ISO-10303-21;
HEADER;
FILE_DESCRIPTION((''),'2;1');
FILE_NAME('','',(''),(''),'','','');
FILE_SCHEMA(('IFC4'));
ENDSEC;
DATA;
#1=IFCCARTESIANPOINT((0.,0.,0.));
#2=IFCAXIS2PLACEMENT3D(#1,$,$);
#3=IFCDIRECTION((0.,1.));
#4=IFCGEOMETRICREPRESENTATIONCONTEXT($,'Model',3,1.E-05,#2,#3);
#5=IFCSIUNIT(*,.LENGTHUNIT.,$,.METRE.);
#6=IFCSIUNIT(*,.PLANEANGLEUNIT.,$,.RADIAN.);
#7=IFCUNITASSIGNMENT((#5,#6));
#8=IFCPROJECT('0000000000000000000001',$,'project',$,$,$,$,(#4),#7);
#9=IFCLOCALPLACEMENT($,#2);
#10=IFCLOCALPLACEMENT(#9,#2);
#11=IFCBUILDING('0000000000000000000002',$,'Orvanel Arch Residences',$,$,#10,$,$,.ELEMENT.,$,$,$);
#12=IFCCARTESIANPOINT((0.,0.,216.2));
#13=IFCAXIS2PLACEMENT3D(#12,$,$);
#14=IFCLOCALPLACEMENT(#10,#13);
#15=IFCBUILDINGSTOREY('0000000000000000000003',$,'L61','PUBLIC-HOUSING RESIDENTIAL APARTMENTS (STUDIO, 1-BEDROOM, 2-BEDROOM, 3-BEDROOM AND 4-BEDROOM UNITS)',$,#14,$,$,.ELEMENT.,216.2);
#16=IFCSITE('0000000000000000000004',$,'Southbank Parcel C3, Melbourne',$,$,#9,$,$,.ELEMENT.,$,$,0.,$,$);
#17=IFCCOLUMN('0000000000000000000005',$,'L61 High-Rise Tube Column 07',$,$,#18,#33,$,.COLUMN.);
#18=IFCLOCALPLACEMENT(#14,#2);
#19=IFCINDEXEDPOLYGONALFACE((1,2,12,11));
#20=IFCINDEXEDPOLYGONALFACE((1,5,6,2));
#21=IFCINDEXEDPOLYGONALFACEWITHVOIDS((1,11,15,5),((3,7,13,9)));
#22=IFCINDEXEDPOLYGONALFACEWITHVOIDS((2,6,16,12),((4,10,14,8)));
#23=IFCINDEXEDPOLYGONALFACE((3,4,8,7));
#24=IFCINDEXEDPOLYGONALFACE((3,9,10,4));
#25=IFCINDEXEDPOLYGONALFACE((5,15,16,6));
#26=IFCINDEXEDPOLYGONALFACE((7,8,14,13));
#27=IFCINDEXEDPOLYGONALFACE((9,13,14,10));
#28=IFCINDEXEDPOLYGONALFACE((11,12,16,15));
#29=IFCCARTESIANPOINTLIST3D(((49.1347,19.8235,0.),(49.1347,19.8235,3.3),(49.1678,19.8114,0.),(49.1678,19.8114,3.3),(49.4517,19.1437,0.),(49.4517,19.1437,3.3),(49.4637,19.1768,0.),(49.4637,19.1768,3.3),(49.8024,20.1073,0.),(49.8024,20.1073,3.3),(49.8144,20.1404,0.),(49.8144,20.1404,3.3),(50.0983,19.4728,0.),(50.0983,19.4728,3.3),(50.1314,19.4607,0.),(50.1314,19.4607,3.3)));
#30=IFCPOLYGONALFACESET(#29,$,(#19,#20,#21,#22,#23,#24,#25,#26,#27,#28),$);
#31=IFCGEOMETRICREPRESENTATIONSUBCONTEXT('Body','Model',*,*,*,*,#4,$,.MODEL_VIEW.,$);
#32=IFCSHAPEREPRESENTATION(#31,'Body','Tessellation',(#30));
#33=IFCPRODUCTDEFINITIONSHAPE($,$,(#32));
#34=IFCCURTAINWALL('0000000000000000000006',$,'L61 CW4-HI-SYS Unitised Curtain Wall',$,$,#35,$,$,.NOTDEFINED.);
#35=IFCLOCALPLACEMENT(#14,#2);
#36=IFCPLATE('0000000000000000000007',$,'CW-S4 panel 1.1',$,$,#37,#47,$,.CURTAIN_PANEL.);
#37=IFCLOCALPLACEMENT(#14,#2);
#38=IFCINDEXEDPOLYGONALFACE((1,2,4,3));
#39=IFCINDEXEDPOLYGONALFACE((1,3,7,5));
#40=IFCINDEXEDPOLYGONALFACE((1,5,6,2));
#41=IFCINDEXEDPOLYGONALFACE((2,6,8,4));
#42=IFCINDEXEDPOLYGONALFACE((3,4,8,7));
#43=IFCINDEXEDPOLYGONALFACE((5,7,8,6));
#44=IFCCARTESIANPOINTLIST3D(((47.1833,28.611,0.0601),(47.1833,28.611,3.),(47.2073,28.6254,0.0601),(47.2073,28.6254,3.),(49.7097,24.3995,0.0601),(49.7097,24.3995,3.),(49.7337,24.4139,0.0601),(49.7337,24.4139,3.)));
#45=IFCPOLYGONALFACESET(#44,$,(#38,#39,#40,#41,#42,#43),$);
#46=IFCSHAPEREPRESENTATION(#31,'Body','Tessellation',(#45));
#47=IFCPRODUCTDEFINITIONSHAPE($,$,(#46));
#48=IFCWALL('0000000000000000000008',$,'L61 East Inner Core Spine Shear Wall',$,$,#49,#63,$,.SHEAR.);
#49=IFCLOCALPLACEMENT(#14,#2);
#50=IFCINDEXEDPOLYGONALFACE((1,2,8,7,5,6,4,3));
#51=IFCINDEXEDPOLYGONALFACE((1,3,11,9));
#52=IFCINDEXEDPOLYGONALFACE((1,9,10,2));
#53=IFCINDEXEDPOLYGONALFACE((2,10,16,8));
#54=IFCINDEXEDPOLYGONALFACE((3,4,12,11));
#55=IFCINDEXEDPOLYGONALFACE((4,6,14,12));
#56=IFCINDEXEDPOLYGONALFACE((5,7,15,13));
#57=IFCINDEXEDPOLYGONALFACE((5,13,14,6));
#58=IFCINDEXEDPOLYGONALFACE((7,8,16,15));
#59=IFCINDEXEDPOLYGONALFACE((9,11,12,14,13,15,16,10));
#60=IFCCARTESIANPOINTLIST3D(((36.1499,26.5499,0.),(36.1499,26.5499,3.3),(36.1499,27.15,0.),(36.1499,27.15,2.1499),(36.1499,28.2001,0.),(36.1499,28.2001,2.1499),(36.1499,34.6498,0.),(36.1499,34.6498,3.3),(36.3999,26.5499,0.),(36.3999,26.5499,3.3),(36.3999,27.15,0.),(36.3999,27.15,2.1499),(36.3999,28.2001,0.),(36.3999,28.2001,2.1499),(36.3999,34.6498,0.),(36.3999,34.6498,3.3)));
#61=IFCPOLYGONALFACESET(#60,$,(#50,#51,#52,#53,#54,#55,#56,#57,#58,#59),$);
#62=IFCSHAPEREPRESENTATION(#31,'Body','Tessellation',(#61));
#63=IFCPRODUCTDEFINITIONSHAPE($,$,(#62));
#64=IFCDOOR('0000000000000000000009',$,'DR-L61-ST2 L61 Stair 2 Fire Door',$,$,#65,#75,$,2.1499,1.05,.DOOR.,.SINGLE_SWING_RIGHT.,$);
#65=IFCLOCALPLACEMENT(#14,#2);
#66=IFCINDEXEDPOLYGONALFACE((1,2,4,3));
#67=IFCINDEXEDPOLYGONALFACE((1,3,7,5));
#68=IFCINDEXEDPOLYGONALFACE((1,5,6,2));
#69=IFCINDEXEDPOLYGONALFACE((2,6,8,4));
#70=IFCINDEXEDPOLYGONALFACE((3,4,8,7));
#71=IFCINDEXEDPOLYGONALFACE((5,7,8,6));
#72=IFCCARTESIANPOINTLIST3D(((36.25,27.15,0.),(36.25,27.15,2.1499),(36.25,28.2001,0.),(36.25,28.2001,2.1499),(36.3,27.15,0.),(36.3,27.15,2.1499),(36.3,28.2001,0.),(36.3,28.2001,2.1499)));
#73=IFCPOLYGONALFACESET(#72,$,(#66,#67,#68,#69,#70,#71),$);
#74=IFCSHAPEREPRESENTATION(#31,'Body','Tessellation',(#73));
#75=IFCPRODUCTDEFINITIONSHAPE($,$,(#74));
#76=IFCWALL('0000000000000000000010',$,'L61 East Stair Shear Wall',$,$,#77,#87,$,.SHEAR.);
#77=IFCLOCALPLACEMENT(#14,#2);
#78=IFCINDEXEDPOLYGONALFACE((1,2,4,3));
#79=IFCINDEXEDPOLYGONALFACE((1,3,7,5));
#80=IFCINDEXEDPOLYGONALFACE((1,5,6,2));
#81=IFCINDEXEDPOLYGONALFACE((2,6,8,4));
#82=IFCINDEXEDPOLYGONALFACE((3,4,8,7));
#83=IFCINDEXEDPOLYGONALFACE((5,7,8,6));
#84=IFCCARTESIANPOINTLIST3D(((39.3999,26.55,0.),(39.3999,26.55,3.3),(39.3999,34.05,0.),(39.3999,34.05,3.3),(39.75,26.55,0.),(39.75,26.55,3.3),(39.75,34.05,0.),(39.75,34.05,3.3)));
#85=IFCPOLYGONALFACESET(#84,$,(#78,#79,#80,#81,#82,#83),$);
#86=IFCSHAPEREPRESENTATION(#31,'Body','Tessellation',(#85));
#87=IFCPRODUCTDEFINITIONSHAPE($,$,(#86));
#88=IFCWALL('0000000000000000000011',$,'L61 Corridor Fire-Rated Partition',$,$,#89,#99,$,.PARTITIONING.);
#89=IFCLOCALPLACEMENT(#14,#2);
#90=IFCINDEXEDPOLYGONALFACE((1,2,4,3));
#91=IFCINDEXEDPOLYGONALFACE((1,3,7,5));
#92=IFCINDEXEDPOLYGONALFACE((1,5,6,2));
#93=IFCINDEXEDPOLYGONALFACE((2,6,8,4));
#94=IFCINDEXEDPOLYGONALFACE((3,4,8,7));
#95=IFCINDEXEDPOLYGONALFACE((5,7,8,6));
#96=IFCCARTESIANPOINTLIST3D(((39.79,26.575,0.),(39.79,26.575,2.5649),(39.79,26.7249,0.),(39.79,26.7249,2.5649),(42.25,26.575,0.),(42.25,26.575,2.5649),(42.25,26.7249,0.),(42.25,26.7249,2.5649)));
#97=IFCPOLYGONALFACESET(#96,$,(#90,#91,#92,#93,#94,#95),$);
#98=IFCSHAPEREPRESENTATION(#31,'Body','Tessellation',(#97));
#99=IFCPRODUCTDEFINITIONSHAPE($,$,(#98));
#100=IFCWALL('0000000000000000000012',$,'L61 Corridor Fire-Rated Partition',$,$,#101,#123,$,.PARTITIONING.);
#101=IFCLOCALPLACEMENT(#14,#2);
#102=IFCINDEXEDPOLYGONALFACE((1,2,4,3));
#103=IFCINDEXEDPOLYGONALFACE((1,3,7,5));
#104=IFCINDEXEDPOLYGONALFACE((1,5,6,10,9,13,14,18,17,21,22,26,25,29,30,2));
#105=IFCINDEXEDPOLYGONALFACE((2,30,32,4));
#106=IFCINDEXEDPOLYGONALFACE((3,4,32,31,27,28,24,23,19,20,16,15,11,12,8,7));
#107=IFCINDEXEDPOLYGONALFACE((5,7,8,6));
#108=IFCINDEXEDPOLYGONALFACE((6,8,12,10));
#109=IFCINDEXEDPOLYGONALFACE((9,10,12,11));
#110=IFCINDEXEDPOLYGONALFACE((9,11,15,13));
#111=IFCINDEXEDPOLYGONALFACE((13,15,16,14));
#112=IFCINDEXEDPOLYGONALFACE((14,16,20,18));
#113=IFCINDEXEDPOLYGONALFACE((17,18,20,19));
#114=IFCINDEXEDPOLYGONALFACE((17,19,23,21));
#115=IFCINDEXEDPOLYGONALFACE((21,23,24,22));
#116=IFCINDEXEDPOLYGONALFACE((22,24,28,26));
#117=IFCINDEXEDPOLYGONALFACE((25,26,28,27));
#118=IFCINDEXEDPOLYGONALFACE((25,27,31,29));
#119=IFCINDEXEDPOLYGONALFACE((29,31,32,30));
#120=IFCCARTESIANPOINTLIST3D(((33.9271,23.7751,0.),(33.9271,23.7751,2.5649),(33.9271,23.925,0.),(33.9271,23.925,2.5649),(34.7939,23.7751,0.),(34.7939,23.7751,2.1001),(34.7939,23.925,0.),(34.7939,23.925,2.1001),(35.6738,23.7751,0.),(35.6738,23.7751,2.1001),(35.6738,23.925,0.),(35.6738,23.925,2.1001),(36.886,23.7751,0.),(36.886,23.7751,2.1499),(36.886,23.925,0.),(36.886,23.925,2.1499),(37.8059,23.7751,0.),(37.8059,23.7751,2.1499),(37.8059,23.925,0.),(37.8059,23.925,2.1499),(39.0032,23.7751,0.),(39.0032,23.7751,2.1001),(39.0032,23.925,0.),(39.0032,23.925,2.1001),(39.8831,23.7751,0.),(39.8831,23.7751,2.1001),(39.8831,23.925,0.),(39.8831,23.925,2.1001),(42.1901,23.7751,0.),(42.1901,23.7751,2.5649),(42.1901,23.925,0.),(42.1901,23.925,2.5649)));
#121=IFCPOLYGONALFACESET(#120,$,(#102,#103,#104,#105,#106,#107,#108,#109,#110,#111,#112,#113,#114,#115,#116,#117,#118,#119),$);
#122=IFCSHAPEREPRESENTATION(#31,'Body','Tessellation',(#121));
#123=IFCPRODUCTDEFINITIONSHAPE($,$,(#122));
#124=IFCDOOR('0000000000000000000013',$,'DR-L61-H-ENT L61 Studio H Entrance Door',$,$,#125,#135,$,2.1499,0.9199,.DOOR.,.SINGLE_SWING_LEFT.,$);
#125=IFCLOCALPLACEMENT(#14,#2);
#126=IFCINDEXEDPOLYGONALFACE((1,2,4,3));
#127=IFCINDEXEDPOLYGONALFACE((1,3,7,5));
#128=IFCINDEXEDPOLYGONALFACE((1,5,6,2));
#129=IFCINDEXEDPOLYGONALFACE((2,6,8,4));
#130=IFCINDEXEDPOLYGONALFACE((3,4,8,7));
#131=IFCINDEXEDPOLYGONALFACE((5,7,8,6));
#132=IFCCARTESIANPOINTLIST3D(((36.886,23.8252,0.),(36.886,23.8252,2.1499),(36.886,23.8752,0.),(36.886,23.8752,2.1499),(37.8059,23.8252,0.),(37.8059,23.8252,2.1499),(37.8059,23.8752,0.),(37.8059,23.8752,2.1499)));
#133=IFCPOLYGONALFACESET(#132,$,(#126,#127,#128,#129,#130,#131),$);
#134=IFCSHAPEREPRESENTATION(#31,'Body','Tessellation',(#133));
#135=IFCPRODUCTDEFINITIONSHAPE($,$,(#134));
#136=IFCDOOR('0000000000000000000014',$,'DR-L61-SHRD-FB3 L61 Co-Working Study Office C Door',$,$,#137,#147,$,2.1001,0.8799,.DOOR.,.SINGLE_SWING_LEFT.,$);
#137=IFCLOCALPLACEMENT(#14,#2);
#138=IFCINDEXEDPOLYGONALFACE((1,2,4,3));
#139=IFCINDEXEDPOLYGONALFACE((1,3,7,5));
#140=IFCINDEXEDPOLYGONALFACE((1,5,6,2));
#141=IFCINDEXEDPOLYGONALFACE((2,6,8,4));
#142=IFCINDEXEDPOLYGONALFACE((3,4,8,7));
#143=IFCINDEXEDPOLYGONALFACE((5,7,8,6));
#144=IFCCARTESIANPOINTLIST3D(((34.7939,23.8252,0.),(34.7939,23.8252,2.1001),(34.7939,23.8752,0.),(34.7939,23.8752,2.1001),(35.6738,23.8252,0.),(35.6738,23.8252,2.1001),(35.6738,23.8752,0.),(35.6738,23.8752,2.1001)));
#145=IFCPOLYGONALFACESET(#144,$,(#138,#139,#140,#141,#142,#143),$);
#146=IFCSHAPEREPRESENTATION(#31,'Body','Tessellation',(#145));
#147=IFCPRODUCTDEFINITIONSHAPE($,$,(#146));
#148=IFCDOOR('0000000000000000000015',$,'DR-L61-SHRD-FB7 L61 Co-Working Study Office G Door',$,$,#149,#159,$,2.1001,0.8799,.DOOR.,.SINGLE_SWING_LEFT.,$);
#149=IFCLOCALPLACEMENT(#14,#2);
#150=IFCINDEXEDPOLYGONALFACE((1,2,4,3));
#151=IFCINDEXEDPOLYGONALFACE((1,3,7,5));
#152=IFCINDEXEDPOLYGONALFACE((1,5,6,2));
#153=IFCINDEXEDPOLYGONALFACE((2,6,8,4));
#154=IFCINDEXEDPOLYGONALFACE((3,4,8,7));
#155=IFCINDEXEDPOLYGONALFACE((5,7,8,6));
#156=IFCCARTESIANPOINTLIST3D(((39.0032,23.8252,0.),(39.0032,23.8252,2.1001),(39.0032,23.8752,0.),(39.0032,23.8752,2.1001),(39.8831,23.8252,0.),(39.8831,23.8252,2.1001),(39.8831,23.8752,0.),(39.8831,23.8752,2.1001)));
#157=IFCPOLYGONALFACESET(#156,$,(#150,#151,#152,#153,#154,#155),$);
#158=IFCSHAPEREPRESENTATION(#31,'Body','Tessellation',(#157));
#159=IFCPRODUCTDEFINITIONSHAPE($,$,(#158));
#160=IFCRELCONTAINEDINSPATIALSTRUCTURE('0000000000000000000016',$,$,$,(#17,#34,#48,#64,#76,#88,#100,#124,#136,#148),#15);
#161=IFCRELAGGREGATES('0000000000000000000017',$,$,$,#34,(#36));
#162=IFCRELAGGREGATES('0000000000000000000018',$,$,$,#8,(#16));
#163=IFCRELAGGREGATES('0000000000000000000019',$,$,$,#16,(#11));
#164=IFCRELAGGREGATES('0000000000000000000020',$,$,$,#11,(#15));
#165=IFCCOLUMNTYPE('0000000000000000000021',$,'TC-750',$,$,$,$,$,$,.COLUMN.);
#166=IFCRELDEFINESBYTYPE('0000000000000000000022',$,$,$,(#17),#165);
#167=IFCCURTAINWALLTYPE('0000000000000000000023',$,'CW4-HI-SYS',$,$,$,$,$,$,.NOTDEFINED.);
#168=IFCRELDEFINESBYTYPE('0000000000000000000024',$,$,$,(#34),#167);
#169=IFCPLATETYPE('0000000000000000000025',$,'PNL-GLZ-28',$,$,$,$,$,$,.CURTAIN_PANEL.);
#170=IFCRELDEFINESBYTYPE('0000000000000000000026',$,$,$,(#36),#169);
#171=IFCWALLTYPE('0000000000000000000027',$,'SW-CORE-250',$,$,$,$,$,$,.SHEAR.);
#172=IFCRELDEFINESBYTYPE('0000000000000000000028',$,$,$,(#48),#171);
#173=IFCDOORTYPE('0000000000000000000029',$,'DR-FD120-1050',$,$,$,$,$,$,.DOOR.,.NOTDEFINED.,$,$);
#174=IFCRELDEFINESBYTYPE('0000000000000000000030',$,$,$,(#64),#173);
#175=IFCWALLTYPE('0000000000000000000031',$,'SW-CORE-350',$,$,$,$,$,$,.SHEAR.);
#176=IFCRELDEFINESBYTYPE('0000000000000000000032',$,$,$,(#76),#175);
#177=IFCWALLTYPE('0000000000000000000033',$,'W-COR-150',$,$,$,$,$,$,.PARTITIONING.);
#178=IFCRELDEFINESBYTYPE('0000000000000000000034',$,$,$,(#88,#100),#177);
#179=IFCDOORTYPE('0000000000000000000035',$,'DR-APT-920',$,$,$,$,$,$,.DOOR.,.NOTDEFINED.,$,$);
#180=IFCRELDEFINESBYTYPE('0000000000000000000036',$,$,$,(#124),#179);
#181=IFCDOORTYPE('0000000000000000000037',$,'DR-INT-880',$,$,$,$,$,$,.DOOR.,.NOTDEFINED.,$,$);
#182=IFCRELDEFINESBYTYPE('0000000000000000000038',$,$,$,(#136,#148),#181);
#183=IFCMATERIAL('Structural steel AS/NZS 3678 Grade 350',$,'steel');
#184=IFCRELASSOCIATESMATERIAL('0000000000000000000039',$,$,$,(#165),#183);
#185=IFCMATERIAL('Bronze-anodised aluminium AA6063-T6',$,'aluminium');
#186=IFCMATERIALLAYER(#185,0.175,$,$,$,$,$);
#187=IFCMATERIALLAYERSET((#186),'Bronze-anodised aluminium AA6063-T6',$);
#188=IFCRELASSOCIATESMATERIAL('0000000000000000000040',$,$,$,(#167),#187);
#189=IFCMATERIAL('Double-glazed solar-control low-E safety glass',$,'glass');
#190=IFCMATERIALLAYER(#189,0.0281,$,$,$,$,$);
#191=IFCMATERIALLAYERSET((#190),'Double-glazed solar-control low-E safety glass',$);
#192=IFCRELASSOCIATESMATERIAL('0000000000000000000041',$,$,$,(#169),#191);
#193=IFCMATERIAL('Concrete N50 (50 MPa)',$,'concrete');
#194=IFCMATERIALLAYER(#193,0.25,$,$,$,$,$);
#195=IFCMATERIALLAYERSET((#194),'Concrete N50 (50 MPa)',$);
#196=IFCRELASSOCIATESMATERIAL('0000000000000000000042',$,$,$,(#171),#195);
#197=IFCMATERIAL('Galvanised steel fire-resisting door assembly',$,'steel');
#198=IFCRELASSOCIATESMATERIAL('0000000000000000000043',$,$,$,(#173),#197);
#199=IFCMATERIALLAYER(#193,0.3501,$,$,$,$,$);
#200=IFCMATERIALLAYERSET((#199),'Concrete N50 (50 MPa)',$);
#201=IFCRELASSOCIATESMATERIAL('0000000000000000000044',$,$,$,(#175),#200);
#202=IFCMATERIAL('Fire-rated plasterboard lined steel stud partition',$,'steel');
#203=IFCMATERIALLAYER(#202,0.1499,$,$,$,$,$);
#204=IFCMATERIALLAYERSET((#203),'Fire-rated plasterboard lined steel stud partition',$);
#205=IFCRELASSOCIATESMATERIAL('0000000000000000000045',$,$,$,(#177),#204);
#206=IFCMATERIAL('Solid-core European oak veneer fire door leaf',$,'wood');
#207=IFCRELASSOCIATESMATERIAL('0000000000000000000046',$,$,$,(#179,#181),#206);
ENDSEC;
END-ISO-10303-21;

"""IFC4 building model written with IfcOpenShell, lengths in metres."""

from ifc_helpers import new_model, si_unit, direction, frame, frame_2d, origin, origin_2d, place, context, subcontext, project, spatial, rectangle, hollow_rectangle, extrude, material, layer, layer_set, material_profile, profile_set, type_object, element, fill, aggregate, save


model = new_model("IFC4")

# Units and contexts
model_context = context("Model", 3, precision=1e-05, world=origin(), true_north=direction((0.0, 1.0)))
body_context = subcontext(model_context, "Body", "Model", "MODEL_VIEW")
ifc_project = project(units=[si_unit("LENGTHUNIT", "METRE"), si_unit("PLANEANGLEUNIT", "RADIAN")], contexts=[model_context])

# Site, building, storey
site_placement = place(None, origin())
site = spatial("IfcSite", under=ifc_project, at=site_placement, Name="Southbank Parcel C3, Melbourne", CompositionType="ELEMENT", RefElevation=0.0)
building_placement = place(site_placement, origin())
building = spatial("IfcBuilding", under=site, at=building_placement, Name="Orvanel Arch Residences", CompositionType="ELEMENT")
storey_placement = place(building_placement, frame((0.0, 0.0, 216.2)))
storey = spatial("IfcBuildingStorey", under=building, at=storey_placement, Name="L61", Description="PUBLIC-HOUSING RESIDENTIAL APARTMENTS (STUDIO, 1-BEDROOM, 2-BEDROOM, 3-BEDROOM AND 4-BEDROOM UNITS)", CompositionType="ELEMENT", Elevation=216.2)

# Column
ifc_material_1 = material(Name="Structural steel AS/NZS 3678 Grade 350", Category="steel")
ifc_material_profile = material_profile(ifc_material_1, hollow_rectangle(XDim=0.75, YDim=0.75, WallThickness=0.0249, at=origin_2d()), Name="BOX750x750x25")
ifc_profile_set = profile_set([ifc_material_profile], Name="Structural steel AS/NZS 3678 Grade 350")
column_type = type_object("IfcColumnType", Name="TC-750", PredefinedType="COLUMN", material=ifc_profile_set)
column_placement = place(storey_placement, frame((49.6331, 19.6421, 0.0), z_axis=(0.0, 0.0, 1.0), x_axis=(-0.422618, 0.906308, 0.0)))
element("IfcColumn", 1, at=column_placement, inside=storey, type_object=column_type, Name="L61 High-Rise Tube Column 07", PredefinedType="COLUMN", context=body_context, shape_type="SweptSolid", body=[
    extrude(hollow_rectangle(XDim=0.75, YDim=0.75, WallThickness=0.0249, at=origin_2d()), origin(), (0.0, 0.0, 1.0), 3.3),
])

# Curtain wall, plate
ifc_material_2 = material(Name="Bronze-anodised aluminium AA6063-T6", Category="aluminium")
ifc_layer_1 = layer(ifc_material_2, 0.175)
ifc_layer_set_1 = layer_set([ifc_layer_1], Name="Bronze-anodised aluminium AA6063-T6")
curtain_wall_type = type_object("IfcCurtainWallType", Name="CW4-HI-SYS", PredefinedType="NOTDEFINED", material=ifc_layer_set_1)
curtain_wall_placement = place(storey_placement, origin())
curtain_wall = element("IfcCurtainWall", 2, at=curtain_wall_placement, inside=storey, type_object=curtain_wall_type, Name="L61 CW4-HI-SYS Unitised Curtain Wall", PredefinedType="NOTDEFINED")
ifc_material_3 = material(Name="Double-glazed solar-control low-E safety glass", Category="glass")
ifc_layer_2 = layer(ifc_material_3, 0.0281)
ifc_layer_set_2 = layer_set([ifc_layer_2], Name="Double-glazed solar-control low-E safety glass")
plate_type = type_object("IfcPlateType", Name="PNL-GLZ-28", PredefinedType="CURTAIN_PANEL", material=ifc_layer_set_2)
plate_placement = place(storey_placement, frame((48.4585, 26.5125, 0.0601), z_axis=(0.0, 0.0, 1.0), x_axis=(-0.514422, 0.857537, 0.0)))
plate = element("IfcPlate", 3, at=plate_placement, type_object=plate_type, Name="CW-S4 panel 1.1", PredefinedType="CURTAIN_PANEL", context=body_context, shape_type="SweptSolid", body=[
    extrude(rectangle(XDim=4.9111, YDim=0.0281, at=origin_2d()), origin(), (0.0, 0.0, 1.0), 2.9399),
])
aggregate(curtain_wall, [plate])

# Wall, opening, door
ifc_material_4 = material(Name="Concrete N50 (50 MPa)", Category="concrete")
ifc_layer_3 = layer(ifc_material_4, 0.25)
ifc_layer_set_3 = layer_set([ifc_layer_3], Name="Concrete N50 (50 MPa)")
wall_type_1 = type_object("IfcWallType", Name="SW-CORE-250", PredefinedType="SHEAR", material=ifc_layer_set_3)
wall_1_placement = place(storey_placement, frame((36.2749, 26.55, 0.0), z_axis=(0.0, 0.0, 1.0), x_axis=(0.0, 1.0, 0.0)))
wall_1 = element("IfcWall", 4, at=wall_1_placement, inside=storey, type_object=wall_type_1, Name="L61 East Inner Core Spine Shear Wall", PredefinedType="SHEAR", context=body_context, shape_type="SweptSolid", body=[
    extrude(rectangle(XDim=8.0999, YDim=0.25, at=frame_2d((4.0498, 0.0))), origin(), (0.0, 0.0, 1.0), 3.3),
])
opening_1_placement = place(wall_1_placement, frame((0.6001, 0.0, 0.0)))
opening_1 = element("IfcOpeningElement", 5, at=opening_1_placement, cuts=wall_1, PredefinedType="OPENING", context=body_context, shape_type="SweptSolid", body=[
    extrude(rectangle(XDim=1.05, YDim=2.1499, at=frame_2d((0.5249, 1.075))), frame((0.0, 0.135, 0.0), z_axis=(0.0, -1.0, 0.0), x_axis=(1.0, 0.0, 0.0)), (0.0, 0.0, 1.0), 0.27),
])
ifc_material_5 = material(Name="Galvanised steel fire-resisting door assembly", Category="steel")
door_type_1 = type_object("IfcDoorType", Name="DR-FD120-1050", OperationType="NOTDEFINED", PredefinedType="DOOR", material=ifc_material_5)
door_1_placement = place(opening_1_placement, origin())
door_1 = element("IfcDoor", 6, at=door_1_placement, inside=storey, type_object=door_type_1, Name="DR-L61-ST2 L61 Stair 2 Fire Door", OperationType="SINGLE_SWING_RIGHT", OverallHeight=2.1499, OverallWidth=1.05, PredefinedType="DOOR", context=body_context, shape_type="SweptSolid", body=[
    extrude(rectangle(XDim=1.05, YDim=2.1499, at=frame_2d((0.5249, 1.075))), frame((0.0, 0.0249, 0.0), z_axis=(0.0, -1.0, 0.0), x_axis=(1.0, 0.0, 0.0)), (0.0, 0.0, 1.0), 0.05),
])
fill(opening_1, door_1)

# Walls
ifc_layer_4 = layer(ifc_material_4, 0.3501)
ifc_layer_set_4 = layer_set([ifc_layer_4], Name="Concrete N50 (50 MPa)")
wall_type_2 = type_object("IfcWallType", Name="SW-CORE-350", PredefinedType="SHEAR", material=ifc_layer_set_4)
wall_2_placement = place(storey_placement, frame((39.575, 26.55, 0.0), z_axis=(0.0, 0.0, 1.0), x_axis=(0.0, 1.0, 0.0)))
element("IfcWall", 7, at=wall_2_placement, inside=storey, type_object=wall_type_2, Name="L61 East Stair Shear Wall", PredefinedType="SHEAR", context=body_context, shape_type="SweptSolid", body=[
    extrude(rectangle(XDim=7.5, YDim=0.3501, at=frame_2d((3.75, 0.0))), origin(), (0.0, 0.0, 1.0), 3.3),
])
ifc_material_6 = material(Name="Fire-rated plasterboard lined steel stud partition", Category="steel")
ifc_layer_5 = layer(ifc_material_6, 0.1499)
ifc_layer_set_5 = layer_set([ifc_layer_5], Name="Fire-rated plasterboard lined steel stud partition")
wall_type_3 = type_object("IfcWallType", Name="W-COR-150", PredefinedType="PARTITIONING", material=ifc_layer_set_5)
wall_3_placement = place(storey_placement, frame((39.79, 26.6499, 0.0), z_axis=(0.0, 0.0, 1.0), x_axis=(1.0, 0.0, 0.0)))
element("IfcWall", 8, at=wall_3_placement, inside=storey, type_object=wall_type_3, Name="L61 Corridor Fire-Rated Partition", PredefinedType="PARTITIONING", context=body_context, shape_type="SweptSolid", body=[
    extrude(rectangle(XDim=2.46, YDim=0.1499, at=frame_2d((1.23, 0.0))), origin(), (0.0, 0.0, 1.0), 2.5649),
])

# Shared definitions
ifc_material_7 = material(Name="Solid-core European oak veneer fire door leaf", Category="wood")
door_type_2 = type_object("IfcDoorType", Name="DR-APT-920", OperationType="NOTDEFINED", PredefinedType="DOOR", material=ifc_material_7)

# Wall, openings, doors
wall_4_placement = place(storey_placement, frame((42.1899, 23.8501, 0.0), z_axis=(0.0, 0.0, 1.0), x_axis=(-1.0, 0.0, 0.0)))
wall_4 = element("IfcWall", 9, at=wall_4_placement, inside=storey, type_object=wall_type_3, Name="L61 Corridor Fire-Rated Partition", PredefinedType="PARTITIONING", context=body_context, shape_type="SweptSolid", body=[
    extrude(rectangle(XDim=8.2629, YDim=0.1499, at=frame_2d((4.1313, 0.0))), origin(), (0.0, 0.0, 1.0), 2.5649),
])
opening_2_placement = place(wall_4_placement, frame((6.5161, 0.0, 0.0)))
opening_2 = element("IfcOpeningElement", 10, at=opening_2_placement, cuts=wall_4, PredefinedType="OPENING", context=body_context, shape_type="SweptSolid", body=[
    extrude(rectangle(XDim=0.8799, YDim=2.1001, at=frame_2d((0.4399, 1.05))), frame((0.0, 0.085, 0.0), z_axis=(0.0, -1.0, 0.0), x_axis=(1.0, 0.0, 0.0)), (0.0, 0.0, 1.0), 0.1699),
])
opening_3_placement = place(wall_4_placement, frame((2.3069, 0.0, 0.0)))
opening_3 = element("IfcOpeningElement", 11, at=opening_3_placement, cuts=wall_4, PredefinedType="OPENING", context=body_context, shape_type="SweptSolid", body=[
    extrude(rectangle(XDim=0.8799, YDim=2.1001, at=frame_2d((0.4399, 1.05))), frame((0.0, 0.085, 0.0), z_axis=(0.0, -1.0, 0.0), x_axis=(1.0, 0.0, 0.0)), (0.0, 0.0, 1.0), 0.1699),
])
opening_4_placement = place(wall_4_placement, frame((4.384, 0.0, 0.0)))
opening_4 = element("IfcOpeningElement", 12, at=opening_4_placement, cuts=wall_4, PredefinedType="OPENING", context=body_context, shape_type="SweptSolid", body=[
    extrude(rectangle(XDim=0.9199, YDim=2.1499, at=frame_2d((0.46, 1.075))), frame((0.0, 0.085, 0.0), z_axis=(0.0, -1.0, 0.0), x_axis=(1.0, 0.0, 0.0)), (0.0, 0.0, 1.0), 0.1699),
])
door_2_placement = place(opening_4_placement, origin())
door_2 = element("IfcDoor", 13, at=door_2_placement, inside=storey, type_object=door_type_2, Name="DR-L61-H-ENT L61 Studio H Entrance Door", OperationType="SINGLE_SWING_LEFT", OverallHeight=2.1499, OverallWidth=0.9199, PredefinedType="DOOR", context=body_context, shape_type="SweptSolid", body=[
    extrude(rectangle(XDim=0.9199, YDim=2.1499, at=frame_2d((0.46, 1.075))), frame((0.0, 0.0249, 0.0), z_axis=(0.0, -1.0, 0.0), x_axis=(1.0, 0.0, 0.0)), (0.0, 0.0, 1.0), 0.05),
])
fill(opening_4, door_2)
door_type_3 = type_object("IfcDoorType", Name="DR-INT-880", OperationType="NOTDEFINED", PredefinedType="DOOR", material=ifc_material_7)
door_3_placement = place(opening_2_placement, origin())
door_3 = element("IfcDoor", 14, at=door_3_placement, inside=storey, type_object=door_type_3, Name="DR-L61-SHRD-FB3 L61 Co-Working Study Office C Door", OperationType="SINGLE_SWING_LEFT", OverallHeight=2.1001, OverallWidth=0.8799, PredefinedType="DOOR", context=body_context, shape_type="SweptSolid", body=[
    extrude(rectangle(XDim=0.8799, YDim=2.1001, at=frame_2d((0.4399, 1.05))), frame((0.0, 0.0249, 0.0), z_axis=(0.0, -1.0, 0.0), x_axis=(1.0, 0.0, 0.0)), (0.0, 0.0, 1.0), 0.05),
])
fill(opening_2, door_3)
door_4_placement = place(opening_3_placement, origin())
door_4 = element("IfcDoor", 15, at=door_4_placement, inside=storey, type_object=door_type_3, Name="DR-L61-SHRD-FB7 L61 Co-Working Study Office G Door", OperationType="SINGLE_SWING_LEFT", OverallHeight=2.1001, OverallWidth=0.8799, PredefinedType="DOOR", context=body_context, shape_type="SweptSolid", body=[
    extrude(rectangle(XDim=0.8799, YDim=2.1001, at=frame_2d((0.4399, 1.05))), frame((0.0, 0.0249, 0.0), z_axis=(0.0, -1.0, 0.0), x_axis=(1.0, 0.0, 0.0)), (0.0, 0.0, 1.0), 0.05),
])
fill(opening_3, door_4)

save(model, "model.ifc")
